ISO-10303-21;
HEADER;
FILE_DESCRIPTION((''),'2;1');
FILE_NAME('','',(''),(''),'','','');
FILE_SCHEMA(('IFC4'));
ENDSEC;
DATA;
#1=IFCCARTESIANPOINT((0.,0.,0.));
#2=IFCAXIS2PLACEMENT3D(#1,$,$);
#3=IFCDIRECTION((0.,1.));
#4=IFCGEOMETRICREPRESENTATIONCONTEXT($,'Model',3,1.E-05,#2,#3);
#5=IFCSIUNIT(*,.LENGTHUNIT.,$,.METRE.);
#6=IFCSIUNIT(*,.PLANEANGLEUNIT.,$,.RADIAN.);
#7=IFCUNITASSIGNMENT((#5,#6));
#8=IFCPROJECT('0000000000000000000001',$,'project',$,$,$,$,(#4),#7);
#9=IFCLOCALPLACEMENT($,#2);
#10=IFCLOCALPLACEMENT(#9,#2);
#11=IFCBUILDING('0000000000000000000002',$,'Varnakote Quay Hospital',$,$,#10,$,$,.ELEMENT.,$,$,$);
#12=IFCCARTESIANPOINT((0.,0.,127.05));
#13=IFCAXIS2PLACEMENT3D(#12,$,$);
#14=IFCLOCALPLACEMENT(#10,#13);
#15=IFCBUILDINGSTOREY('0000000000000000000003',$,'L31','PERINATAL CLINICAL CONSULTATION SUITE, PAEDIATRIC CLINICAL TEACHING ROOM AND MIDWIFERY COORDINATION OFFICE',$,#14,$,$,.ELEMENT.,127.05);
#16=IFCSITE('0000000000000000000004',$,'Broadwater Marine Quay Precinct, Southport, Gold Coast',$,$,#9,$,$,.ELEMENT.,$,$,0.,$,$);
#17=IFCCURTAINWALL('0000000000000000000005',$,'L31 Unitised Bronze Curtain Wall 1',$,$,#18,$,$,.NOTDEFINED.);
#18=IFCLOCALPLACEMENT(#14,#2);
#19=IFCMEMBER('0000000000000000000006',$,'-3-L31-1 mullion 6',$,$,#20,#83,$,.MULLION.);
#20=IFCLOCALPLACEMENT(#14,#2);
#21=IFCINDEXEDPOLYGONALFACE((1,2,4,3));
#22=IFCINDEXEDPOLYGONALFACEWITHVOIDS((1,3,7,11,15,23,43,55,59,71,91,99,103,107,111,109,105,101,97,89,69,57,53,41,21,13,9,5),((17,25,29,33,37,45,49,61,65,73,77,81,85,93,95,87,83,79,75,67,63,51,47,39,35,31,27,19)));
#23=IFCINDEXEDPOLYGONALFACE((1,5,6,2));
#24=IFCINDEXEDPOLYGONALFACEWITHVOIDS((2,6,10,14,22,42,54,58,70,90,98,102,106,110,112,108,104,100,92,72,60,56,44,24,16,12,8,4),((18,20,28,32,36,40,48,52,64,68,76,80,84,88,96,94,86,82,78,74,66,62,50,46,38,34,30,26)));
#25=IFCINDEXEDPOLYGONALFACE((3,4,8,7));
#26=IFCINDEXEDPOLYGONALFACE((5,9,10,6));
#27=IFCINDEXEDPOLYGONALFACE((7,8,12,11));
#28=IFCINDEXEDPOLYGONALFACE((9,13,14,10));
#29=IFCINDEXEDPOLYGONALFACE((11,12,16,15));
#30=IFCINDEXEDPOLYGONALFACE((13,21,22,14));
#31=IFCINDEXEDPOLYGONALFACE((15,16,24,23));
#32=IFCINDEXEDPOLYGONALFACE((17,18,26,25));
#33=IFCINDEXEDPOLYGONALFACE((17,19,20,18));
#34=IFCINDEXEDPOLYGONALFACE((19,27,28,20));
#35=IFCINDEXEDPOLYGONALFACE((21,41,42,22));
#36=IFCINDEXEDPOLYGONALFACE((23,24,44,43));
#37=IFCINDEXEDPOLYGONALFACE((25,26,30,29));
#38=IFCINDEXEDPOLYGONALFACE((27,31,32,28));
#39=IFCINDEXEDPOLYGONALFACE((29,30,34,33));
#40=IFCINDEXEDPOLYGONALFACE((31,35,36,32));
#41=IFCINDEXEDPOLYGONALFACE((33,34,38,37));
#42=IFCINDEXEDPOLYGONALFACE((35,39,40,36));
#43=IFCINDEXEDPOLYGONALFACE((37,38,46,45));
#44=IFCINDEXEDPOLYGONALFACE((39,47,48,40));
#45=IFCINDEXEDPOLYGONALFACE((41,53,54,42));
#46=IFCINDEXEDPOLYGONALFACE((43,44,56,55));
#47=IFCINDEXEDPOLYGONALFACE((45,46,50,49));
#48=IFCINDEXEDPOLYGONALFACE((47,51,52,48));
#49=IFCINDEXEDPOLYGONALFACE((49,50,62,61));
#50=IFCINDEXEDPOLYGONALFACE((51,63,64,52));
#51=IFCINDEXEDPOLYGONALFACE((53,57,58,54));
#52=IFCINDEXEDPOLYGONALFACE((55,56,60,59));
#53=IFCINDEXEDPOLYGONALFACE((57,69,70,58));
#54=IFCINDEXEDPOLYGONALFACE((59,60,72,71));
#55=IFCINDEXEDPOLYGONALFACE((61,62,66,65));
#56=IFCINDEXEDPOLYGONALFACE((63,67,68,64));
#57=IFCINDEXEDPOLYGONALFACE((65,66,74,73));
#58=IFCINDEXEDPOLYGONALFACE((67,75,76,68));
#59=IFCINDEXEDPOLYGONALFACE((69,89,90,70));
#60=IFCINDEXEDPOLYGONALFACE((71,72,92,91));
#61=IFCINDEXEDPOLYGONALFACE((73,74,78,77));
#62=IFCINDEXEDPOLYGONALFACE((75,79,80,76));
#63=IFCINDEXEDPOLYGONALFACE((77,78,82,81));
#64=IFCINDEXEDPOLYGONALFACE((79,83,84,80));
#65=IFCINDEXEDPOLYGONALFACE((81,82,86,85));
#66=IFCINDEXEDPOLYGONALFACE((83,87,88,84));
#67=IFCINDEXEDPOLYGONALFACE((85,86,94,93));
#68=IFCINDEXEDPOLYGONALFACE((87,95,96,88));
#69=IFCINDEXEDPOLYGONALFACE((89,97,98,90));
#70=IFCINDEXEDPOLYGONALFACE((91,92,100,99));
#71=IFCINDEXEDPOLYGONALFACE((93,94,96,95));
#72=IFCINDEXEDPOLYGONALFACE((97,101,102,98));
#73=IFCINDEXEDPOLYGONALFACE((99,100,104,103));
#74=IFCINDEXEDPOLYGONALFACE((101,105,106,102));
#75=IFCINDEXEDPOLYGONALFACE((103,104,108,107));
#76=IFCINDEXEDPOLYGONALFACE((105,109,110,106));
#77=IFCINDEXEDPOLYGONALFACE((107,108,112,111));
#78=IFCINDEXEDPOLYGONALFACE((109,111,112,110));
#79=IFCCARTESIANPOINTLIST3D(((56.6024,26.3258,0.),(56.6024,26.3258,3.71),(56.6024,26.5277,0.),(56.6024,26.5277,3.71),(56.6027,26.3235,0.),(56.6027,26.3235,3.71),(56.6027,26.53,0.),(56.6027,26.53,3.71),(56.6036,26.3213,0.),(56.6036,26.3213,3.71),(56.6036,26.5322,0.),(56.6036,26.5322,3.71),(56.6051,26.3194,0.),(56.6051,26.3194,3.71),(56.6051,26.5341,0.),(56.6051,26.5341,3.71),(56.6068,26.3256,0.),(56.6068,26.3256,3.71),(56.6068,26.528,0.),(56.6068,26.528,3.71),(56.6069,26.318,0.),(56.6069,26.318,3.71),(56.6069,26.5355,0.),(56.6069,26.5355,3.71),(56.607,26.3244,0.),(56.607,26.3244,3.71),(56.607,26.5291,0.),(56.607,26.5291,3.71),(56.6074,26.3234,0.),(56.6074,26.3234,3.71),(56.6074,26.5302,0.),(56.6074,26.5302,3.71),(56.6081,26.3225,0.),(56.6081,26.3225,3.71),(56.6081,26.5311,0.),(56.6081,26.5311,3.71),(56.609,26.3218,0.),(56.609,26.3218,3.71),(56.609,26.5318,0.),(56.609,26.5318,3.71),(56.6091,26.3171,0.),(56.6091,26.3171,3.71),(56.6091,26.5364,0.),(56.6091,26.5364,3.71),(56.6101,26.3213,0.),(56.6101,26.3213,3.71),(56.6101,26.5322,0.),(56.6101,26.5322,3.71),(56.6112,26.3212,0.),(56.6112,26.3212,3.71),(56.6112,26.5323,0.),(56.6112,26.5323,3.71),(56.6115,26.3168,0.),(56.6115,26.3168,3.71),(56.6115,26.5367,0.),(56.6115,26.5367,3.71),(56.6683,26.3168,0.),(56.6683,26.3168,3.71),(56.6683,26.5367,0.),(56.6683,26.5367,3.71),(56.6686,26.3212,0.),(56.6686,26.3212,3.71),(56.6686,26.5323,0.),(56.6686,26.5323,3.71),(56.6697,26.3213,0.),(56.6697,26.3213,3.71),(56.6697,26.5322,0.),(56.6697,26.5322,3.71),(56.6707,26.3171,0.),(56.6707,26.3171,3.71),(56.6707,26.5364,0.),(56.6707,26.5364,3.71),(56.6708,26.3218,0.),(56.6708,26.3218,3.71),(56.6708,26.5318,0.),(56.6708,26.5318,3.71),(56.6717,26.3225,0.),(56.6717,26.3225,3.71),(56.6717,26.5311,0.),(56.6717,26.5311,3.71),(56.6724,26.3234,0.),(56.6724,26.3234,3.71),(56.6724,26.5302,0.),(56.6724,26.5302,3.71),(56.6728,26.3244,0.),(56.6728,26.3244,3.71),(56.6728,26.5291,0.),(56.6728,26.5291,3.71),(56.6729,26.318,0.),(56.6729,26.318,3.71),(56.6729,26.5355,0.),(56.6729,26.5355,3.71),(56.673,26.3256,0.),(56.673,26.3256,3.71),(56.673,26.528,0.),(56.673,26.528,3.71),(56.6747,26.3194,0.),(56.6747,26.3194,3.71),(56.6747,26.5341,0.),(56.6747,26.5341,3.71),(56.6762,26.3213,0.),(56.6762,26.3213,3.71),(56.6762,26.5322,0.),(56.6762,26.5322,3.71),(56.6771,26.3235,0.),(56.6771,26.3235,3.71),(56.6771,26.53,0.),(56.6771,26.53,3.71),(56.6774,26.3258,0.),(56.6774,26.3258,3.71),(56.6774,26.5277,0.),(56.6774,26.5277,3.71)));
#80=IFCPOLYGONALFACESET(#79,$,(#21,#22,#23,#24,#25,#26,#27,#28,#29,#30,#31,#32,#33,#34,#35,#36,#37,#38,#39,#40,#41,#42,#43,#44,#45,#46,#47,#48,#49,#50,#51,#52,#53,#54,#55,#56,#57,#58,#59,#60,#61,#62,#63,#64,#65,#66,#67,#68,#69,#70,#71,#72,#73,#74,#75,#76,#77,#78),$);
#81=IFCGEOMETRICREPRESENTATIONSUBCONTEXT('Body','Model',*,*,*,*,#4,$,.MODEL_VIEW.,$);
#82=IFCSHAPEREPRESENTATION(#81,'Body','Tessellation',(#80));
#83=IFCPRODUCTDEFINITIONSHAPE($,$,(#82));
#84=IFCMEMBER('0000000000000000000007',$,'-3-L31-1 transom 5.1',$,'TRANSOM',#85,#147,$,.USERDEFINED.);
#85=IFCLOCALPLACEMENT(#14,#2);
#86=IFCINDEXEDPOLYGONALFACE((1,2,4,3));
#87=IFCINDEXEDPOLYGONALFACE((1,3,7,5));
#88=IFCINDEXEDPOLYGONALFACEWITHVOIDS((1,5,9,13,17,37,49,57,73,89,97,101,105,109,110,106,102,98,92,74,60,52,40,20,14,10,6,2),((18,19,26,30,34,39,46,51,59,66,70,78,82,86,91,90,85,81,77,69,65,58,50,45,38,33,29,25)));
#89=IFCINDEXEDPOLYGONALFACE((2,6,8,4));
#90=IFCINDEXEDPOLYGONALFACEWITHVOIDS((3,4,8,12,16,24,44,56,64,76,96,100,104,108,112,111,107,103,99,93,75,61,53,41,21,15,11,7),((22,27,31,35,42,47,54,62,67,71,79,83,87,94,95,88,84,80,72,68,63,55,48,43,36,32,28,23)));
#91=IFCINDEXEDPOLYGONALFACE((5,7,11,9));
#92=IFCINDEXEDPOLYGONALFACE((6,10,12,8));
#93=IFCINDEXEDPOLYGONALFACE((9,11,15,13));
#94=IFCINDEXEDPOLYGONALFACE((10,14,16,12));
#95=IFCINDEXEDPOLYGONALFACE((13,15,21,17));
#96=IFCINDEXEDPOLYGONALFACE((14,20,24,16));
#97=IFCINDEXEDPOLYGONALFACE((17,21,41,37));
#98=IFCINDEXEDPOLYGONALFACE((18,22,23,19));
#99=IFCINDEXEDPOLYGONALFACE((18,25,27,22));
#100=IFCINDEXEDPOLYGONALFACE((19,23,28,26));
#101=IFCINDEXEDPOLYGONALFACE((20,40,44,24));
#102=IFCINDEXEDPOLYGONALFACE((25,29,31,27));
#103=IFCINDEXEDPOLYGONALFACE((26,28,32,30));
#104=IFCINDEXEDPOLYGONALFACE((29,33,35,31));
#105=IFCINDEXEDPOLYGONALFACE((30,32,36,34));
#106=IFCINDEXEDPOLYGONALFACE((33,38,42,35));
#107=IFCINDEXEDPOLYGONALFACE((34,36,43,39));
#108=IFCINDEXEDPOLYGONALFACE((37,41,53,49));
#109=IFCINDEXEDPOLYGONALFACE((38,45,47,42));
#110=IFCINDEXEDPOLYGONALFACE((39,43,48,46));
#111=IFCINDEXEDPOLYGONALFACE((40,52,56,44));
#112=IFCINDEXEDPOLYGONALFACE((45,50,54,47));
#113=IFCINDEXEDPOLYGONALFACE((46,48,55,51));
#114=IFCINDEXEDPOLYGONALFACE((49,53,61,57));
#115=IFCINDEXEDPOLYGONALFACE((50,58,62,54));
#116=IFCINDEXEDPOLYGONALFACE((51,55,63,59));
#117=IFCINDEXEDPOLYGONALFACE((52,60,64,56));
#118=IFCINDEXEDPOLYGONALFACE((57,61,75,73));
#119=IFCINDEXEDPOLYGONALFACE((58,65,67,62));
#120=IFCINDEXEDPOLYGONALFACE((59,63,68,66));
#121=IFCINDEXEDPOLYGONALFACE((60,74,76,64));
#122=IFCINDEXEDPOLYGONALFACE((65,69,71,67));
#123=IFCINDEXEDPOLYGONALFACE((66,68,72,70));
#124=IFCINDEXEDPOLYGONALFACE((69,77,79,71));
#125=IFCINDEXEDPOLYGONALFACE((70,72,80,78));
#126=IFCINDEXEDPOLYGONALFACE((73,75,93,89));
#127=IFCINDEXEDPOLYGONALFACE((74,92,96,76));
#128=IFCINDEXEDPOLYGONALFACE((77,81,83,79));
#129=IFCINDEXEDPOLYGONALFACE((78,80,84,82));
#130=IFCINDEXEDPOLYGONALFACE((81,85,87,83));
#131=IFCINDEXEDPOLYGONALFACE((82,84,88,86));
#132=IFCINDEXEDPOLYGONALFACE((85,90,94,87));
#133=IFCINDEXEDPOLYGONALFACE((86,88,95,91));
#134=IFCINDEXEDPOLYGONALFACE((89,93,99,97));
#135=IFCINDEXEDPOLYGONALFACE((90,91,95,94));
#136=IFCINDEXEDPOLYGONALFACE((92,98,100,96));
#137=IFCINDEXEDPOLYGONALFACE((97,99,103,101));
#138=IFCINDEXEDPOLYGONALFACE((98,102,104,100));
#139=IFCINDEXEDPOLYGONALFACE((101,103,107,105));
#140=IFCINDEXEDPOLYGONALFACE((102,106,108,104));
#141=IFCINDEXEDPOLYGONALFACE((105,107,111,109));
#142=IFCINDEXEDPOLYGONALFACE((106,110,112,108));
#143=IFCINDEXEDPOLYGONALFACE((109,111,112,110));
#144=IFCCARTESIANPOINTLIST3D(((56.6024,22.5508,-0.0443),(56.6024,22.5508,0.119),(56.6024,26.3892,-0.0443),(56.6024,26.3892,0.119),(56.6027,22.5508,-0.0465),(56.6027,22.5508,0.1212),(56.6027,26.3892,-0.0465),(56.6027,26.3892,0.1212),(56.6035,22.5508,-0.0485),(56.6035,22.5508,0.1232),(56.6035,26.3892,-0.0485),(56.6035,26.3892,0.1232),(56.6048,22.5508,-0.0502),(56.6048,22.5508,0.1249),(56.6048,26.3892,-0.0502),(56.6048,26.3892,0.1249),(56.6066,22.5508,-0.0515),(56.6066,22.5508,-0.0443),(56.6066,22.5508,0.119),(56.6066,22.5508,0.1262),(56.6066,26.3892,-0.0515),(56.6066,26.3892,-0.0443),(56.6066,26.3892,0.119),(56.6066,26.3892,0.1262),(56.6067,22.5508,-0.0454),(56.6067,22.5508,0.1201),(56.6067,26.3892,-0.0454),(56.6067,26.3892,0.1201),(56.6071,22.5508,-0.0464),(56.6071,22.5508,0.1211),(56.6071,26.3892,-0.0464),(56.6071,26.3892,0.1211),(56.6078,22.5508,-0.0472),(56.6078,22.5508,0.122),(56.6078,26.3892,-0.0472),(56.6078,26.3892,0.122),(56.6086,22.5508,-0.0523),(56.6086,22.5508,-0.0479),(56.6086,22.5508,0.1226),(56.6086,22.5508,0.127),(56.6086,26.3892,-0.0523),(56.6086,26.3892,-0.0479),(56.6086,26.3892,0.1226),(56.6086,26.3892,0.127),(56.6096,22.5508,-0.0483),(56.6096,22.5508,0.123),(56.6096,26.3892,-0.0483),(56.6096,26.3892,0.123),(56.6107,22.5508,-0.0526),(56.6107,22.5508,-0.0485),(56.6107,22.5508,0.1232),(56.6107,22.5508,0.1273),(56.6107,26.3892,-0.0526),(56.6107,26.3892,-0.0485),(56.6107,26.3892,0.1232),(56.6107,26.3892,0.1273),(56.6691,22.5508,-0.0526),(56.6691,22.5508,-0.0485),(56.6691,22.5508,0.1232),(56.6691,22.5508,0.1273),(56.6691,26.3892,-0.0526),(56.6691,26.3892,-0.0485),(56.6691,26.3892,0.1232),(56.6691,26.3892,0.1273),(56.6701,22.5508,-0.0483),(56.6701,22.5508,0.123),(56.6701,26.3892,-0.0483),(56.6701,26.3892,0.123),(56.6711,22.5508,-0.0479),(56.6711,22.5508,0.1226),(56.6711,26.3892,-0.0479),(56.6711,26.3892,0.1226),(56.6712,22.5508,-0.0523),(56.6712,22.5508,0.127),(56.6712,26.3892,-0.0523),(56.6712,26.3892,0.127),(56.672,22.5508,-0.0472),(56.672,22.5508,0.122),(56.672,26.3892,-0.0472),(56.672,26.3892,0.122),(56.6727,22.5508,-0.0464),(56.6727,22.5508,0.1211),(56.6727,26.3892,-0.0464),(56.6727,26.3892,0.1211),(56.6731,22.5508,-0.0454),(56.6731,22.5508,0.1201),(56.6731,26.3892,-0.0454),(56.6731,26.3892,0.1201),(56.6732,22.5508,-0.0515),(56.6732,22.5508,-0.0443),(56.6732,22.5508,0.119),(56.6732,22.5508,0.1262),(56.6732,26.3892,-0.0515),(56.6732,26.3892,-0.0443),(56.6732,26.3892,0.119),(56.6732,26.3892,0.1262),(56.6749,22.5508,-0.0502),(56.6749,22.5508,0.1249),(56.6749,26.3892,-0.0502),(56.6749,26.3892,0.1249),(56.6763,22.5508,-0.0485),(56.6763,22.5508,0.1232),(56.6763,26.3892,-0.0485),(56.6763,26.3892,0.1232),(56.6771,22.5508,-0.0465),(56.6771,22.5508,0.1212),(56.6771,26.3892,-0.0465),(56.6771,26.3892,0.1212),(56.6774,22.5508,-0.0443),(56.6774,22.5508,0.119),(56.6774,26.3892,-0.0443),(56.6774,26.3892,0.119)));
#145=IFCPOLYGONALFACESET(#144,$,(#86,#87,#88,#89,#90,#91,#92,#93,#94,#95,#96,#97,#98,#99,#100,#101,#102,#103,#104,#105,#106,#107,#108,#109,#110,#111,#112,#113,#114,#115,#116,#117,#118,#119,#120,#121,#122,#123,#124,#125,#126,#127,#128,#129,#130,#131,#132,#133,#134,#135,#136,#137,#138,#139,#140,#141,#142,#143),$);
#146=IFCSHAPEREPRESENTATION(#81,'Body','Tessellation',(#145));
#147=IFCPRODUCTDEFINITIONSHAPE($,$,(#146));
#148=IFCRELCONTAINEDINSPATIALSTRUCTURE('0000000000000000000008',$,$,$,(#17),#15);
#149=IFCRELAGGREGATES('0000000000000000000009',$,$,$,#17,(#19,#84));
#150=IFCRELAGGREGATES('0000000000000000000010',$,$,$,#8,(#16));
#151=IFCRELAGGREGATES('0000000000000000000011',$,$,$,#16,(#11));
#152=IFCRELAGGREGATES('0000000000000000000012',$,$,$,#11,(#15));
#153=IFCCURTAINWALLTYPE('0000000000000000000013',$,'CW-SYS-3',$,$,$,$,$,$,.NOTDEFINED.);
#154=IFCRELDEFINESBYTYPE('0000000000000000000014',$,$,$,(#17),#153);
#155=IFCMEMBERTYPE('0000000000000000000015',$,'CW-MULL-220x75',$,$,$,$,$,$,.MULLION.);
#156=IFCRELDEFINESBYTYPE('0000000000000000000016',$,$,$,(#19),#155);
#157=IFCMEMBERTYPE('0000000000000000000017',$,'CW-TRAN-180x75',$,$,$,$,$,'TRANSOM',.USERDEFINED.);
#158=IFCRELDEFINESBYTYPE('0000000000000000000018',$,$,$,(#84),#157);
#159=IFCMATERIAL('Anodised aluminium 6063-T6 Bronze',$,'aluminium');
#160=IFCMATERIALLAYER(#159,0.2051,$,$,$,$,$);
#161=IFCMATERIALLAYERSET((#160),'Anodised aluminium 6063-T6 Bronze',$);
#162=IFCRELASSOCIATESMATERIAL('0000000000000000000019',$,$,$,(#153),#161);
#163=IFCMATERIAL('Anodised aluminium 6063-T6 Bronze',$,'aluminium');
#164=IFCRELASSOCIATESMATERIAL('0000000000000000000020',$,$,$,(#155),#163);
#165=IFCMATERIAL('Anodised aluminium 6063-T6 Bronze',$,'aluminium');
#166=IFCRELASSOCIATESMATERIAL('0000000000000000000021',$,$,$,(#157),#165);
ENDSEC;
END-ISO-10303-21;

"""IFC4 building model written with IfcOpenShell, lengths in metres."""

from ifc_helpers import new_model, si_unit, direction, frame, origin, origin_2d, place, context, subcontext, project, spatial, hollow_rectangle, extrude, material, layer, layer_set, material_profile, profile_set, type_object, element, aggregate, save


model = new_model("IFC4")

# Units and contexts
model_context = context("Model", 3, precision=1e-05, world=origin(), true_north=direction((0.0, 1.0)))
body_context = subcontext(model_context, "Body", "Model", "MODEL_VIEW")
ifc_project = project(units=[si_unit("LENGTHUNIT", "METRE"), si_unit("PLANEANGLEUNIT", "RADIAN")], contexts=[model_context])

# Site, building, storey
site_placement = place(None, origin())
site = spatial("IfcSite", under=ifc_project, at=site_placement, Name="Broadwater Marine Quay Precinct, Southport, Gold Coast", CompositionType="ELEMENT", RefElevation=0.0)
building_placement = place(site_placement, origin())
building = spatial("IfcBuilding", under=site, at=building_placement, Name="Varnakote Quay Hospital", CompositionType="ELEMENT")
storey_placement = place(building_placement, frame((0.0, 0.0, 127.05)))
storey = spatial("IfcBuildingStorey", under=building, at=storey_placement, Name="L31", Description="PERINATAL CLINICAL CONSULTATION SUITE, PAEDIATRIC CLINICAL TEACHING ROOM AND MIDWIFERY COORDINATION OFFICE", CompositionType="ELEMENT", Elevation=127.05)

# Curtain wall, members
ifc_material_1 = material(Name="Anodised aluminium 6063-T6 Bronze", Category="aluminium")
ifc_layer_1 = layer(ifc_material_1, 0.2051)
ifc_layer_set_1 = layer_set([ifc_layer_1], Name="Anodised aluminium 6063-T6 Bronze")
curtain_wall_type = type_object("IfcCurtainWallType", Name="CW-SYS-3", PredefinedType="NOTDEFINED", material=ifc_layer_set_1)
curtain_wall_placement = place(storey_placement, origin())
curtain_wall = element("IfcCurtainWall", 1, at=curtain_wall_placement, inside=storey, type_object=curtain_wall_type, Name="L31 Unitised Bronze Curtain Wall 1", PredefinedType="NOTDEFINED")
ifc_material_2 = material(Name="Anodised aluminium 6063-T6 Bronze", Category="aluminium")
ifc_material_profile_1 = material_profile(ifc_material_2, hollow_rectangle(XDim=0.075, YDim=0.22, WallThickness=0.0044, InnerFilletRadius=0.0044, OuterFilletRadius=0.009, at=origin_2d()), Name="CW-MULL-220x75")
ifc_profile_set_1 = profile_set([ifc_material_profile_1], Name="Anodised aluminium 6063-T6 Bronze")
member_type_1 = type_object("IfcMemberType", Name="CW-MULL-220x75", PredefinedType="MULLION", material=ifc_profile_set_1)
member_1_placement = place(storey_placement, frame((56.6399, 26.4268, 0.0), z_axis=(0.0, 0.0, 1.0), x_axis=(-1.0, 0.0, 0.0)))
member_1 = element("IfcMember", 2, at=member_1_placement, type_object=member_type_1, Name="-3-L31-1 mullion 6", PredefinedType="MULLION", context=body_context, shape_type="SweptSolid", body=[
    extrude(hollow_rectangle(XDim=0.075, YDim=0.22, WallThickness=0.0044, InnerFilletRadius=0.0044, OuterFilletRadius=0.009, at=origin_2d()), origin(), (0.0, 0.0, 1.0), 3.71),
])
ifc_material_3 = material(Name="Anodised aluminium 6063-T6 Bronze", Category="aluminium")
ifc_material_profile_2 = material_profile(ifc_material_3, hollow_rectangle(XDim=0.075, YDim=0.1799, WallThickness=0.0042, InnerFilletRadius=0.0042, OuterFilletRadius=0.0083, at=origin_2d()), Name="CW-TRAN-180x75")
ifc_profile_set_2 = profile_set([ifc_material_profile_2], Name="Anodised aluminium 6063-T6 Bronze")
member_type_2 = type_object("IfcMemberType", Name="CW-TRAN-180x75", ElementType="TRANSOM", PredefinedType="USERDEFINED", material=ifc_profile_set_2)
member_2_placement = place(storey_placement, frame((56.6399, 22.5508, 0.0374), z_axis=(0.0, 1.0, 0.0), x_axis=(-1.0, 0.0, 0.0)))
member_2 = element("IfcMember", 3, at=member_2_placement, type_object=member_type_2, Name="-3-L31-1 transom 5.1", ObjectType="TRANSOM", PredefinedType="USERDEFINED", context=body_context, shape_type="SweptSolid", body=[
    extrude(hollow_rectangle(XDim=0.075, YDim=0.1799, WallThickness=0.0042, InnerFilletRadius=0.0042, OuterFilletRadius=0.0083, at=origin_2d()), origin(), (0.0, 0.0, 1.0), 3.8384),
])
aggregate(curtain_wall, [member_1, member_2])

save(model, "model.ifc")
